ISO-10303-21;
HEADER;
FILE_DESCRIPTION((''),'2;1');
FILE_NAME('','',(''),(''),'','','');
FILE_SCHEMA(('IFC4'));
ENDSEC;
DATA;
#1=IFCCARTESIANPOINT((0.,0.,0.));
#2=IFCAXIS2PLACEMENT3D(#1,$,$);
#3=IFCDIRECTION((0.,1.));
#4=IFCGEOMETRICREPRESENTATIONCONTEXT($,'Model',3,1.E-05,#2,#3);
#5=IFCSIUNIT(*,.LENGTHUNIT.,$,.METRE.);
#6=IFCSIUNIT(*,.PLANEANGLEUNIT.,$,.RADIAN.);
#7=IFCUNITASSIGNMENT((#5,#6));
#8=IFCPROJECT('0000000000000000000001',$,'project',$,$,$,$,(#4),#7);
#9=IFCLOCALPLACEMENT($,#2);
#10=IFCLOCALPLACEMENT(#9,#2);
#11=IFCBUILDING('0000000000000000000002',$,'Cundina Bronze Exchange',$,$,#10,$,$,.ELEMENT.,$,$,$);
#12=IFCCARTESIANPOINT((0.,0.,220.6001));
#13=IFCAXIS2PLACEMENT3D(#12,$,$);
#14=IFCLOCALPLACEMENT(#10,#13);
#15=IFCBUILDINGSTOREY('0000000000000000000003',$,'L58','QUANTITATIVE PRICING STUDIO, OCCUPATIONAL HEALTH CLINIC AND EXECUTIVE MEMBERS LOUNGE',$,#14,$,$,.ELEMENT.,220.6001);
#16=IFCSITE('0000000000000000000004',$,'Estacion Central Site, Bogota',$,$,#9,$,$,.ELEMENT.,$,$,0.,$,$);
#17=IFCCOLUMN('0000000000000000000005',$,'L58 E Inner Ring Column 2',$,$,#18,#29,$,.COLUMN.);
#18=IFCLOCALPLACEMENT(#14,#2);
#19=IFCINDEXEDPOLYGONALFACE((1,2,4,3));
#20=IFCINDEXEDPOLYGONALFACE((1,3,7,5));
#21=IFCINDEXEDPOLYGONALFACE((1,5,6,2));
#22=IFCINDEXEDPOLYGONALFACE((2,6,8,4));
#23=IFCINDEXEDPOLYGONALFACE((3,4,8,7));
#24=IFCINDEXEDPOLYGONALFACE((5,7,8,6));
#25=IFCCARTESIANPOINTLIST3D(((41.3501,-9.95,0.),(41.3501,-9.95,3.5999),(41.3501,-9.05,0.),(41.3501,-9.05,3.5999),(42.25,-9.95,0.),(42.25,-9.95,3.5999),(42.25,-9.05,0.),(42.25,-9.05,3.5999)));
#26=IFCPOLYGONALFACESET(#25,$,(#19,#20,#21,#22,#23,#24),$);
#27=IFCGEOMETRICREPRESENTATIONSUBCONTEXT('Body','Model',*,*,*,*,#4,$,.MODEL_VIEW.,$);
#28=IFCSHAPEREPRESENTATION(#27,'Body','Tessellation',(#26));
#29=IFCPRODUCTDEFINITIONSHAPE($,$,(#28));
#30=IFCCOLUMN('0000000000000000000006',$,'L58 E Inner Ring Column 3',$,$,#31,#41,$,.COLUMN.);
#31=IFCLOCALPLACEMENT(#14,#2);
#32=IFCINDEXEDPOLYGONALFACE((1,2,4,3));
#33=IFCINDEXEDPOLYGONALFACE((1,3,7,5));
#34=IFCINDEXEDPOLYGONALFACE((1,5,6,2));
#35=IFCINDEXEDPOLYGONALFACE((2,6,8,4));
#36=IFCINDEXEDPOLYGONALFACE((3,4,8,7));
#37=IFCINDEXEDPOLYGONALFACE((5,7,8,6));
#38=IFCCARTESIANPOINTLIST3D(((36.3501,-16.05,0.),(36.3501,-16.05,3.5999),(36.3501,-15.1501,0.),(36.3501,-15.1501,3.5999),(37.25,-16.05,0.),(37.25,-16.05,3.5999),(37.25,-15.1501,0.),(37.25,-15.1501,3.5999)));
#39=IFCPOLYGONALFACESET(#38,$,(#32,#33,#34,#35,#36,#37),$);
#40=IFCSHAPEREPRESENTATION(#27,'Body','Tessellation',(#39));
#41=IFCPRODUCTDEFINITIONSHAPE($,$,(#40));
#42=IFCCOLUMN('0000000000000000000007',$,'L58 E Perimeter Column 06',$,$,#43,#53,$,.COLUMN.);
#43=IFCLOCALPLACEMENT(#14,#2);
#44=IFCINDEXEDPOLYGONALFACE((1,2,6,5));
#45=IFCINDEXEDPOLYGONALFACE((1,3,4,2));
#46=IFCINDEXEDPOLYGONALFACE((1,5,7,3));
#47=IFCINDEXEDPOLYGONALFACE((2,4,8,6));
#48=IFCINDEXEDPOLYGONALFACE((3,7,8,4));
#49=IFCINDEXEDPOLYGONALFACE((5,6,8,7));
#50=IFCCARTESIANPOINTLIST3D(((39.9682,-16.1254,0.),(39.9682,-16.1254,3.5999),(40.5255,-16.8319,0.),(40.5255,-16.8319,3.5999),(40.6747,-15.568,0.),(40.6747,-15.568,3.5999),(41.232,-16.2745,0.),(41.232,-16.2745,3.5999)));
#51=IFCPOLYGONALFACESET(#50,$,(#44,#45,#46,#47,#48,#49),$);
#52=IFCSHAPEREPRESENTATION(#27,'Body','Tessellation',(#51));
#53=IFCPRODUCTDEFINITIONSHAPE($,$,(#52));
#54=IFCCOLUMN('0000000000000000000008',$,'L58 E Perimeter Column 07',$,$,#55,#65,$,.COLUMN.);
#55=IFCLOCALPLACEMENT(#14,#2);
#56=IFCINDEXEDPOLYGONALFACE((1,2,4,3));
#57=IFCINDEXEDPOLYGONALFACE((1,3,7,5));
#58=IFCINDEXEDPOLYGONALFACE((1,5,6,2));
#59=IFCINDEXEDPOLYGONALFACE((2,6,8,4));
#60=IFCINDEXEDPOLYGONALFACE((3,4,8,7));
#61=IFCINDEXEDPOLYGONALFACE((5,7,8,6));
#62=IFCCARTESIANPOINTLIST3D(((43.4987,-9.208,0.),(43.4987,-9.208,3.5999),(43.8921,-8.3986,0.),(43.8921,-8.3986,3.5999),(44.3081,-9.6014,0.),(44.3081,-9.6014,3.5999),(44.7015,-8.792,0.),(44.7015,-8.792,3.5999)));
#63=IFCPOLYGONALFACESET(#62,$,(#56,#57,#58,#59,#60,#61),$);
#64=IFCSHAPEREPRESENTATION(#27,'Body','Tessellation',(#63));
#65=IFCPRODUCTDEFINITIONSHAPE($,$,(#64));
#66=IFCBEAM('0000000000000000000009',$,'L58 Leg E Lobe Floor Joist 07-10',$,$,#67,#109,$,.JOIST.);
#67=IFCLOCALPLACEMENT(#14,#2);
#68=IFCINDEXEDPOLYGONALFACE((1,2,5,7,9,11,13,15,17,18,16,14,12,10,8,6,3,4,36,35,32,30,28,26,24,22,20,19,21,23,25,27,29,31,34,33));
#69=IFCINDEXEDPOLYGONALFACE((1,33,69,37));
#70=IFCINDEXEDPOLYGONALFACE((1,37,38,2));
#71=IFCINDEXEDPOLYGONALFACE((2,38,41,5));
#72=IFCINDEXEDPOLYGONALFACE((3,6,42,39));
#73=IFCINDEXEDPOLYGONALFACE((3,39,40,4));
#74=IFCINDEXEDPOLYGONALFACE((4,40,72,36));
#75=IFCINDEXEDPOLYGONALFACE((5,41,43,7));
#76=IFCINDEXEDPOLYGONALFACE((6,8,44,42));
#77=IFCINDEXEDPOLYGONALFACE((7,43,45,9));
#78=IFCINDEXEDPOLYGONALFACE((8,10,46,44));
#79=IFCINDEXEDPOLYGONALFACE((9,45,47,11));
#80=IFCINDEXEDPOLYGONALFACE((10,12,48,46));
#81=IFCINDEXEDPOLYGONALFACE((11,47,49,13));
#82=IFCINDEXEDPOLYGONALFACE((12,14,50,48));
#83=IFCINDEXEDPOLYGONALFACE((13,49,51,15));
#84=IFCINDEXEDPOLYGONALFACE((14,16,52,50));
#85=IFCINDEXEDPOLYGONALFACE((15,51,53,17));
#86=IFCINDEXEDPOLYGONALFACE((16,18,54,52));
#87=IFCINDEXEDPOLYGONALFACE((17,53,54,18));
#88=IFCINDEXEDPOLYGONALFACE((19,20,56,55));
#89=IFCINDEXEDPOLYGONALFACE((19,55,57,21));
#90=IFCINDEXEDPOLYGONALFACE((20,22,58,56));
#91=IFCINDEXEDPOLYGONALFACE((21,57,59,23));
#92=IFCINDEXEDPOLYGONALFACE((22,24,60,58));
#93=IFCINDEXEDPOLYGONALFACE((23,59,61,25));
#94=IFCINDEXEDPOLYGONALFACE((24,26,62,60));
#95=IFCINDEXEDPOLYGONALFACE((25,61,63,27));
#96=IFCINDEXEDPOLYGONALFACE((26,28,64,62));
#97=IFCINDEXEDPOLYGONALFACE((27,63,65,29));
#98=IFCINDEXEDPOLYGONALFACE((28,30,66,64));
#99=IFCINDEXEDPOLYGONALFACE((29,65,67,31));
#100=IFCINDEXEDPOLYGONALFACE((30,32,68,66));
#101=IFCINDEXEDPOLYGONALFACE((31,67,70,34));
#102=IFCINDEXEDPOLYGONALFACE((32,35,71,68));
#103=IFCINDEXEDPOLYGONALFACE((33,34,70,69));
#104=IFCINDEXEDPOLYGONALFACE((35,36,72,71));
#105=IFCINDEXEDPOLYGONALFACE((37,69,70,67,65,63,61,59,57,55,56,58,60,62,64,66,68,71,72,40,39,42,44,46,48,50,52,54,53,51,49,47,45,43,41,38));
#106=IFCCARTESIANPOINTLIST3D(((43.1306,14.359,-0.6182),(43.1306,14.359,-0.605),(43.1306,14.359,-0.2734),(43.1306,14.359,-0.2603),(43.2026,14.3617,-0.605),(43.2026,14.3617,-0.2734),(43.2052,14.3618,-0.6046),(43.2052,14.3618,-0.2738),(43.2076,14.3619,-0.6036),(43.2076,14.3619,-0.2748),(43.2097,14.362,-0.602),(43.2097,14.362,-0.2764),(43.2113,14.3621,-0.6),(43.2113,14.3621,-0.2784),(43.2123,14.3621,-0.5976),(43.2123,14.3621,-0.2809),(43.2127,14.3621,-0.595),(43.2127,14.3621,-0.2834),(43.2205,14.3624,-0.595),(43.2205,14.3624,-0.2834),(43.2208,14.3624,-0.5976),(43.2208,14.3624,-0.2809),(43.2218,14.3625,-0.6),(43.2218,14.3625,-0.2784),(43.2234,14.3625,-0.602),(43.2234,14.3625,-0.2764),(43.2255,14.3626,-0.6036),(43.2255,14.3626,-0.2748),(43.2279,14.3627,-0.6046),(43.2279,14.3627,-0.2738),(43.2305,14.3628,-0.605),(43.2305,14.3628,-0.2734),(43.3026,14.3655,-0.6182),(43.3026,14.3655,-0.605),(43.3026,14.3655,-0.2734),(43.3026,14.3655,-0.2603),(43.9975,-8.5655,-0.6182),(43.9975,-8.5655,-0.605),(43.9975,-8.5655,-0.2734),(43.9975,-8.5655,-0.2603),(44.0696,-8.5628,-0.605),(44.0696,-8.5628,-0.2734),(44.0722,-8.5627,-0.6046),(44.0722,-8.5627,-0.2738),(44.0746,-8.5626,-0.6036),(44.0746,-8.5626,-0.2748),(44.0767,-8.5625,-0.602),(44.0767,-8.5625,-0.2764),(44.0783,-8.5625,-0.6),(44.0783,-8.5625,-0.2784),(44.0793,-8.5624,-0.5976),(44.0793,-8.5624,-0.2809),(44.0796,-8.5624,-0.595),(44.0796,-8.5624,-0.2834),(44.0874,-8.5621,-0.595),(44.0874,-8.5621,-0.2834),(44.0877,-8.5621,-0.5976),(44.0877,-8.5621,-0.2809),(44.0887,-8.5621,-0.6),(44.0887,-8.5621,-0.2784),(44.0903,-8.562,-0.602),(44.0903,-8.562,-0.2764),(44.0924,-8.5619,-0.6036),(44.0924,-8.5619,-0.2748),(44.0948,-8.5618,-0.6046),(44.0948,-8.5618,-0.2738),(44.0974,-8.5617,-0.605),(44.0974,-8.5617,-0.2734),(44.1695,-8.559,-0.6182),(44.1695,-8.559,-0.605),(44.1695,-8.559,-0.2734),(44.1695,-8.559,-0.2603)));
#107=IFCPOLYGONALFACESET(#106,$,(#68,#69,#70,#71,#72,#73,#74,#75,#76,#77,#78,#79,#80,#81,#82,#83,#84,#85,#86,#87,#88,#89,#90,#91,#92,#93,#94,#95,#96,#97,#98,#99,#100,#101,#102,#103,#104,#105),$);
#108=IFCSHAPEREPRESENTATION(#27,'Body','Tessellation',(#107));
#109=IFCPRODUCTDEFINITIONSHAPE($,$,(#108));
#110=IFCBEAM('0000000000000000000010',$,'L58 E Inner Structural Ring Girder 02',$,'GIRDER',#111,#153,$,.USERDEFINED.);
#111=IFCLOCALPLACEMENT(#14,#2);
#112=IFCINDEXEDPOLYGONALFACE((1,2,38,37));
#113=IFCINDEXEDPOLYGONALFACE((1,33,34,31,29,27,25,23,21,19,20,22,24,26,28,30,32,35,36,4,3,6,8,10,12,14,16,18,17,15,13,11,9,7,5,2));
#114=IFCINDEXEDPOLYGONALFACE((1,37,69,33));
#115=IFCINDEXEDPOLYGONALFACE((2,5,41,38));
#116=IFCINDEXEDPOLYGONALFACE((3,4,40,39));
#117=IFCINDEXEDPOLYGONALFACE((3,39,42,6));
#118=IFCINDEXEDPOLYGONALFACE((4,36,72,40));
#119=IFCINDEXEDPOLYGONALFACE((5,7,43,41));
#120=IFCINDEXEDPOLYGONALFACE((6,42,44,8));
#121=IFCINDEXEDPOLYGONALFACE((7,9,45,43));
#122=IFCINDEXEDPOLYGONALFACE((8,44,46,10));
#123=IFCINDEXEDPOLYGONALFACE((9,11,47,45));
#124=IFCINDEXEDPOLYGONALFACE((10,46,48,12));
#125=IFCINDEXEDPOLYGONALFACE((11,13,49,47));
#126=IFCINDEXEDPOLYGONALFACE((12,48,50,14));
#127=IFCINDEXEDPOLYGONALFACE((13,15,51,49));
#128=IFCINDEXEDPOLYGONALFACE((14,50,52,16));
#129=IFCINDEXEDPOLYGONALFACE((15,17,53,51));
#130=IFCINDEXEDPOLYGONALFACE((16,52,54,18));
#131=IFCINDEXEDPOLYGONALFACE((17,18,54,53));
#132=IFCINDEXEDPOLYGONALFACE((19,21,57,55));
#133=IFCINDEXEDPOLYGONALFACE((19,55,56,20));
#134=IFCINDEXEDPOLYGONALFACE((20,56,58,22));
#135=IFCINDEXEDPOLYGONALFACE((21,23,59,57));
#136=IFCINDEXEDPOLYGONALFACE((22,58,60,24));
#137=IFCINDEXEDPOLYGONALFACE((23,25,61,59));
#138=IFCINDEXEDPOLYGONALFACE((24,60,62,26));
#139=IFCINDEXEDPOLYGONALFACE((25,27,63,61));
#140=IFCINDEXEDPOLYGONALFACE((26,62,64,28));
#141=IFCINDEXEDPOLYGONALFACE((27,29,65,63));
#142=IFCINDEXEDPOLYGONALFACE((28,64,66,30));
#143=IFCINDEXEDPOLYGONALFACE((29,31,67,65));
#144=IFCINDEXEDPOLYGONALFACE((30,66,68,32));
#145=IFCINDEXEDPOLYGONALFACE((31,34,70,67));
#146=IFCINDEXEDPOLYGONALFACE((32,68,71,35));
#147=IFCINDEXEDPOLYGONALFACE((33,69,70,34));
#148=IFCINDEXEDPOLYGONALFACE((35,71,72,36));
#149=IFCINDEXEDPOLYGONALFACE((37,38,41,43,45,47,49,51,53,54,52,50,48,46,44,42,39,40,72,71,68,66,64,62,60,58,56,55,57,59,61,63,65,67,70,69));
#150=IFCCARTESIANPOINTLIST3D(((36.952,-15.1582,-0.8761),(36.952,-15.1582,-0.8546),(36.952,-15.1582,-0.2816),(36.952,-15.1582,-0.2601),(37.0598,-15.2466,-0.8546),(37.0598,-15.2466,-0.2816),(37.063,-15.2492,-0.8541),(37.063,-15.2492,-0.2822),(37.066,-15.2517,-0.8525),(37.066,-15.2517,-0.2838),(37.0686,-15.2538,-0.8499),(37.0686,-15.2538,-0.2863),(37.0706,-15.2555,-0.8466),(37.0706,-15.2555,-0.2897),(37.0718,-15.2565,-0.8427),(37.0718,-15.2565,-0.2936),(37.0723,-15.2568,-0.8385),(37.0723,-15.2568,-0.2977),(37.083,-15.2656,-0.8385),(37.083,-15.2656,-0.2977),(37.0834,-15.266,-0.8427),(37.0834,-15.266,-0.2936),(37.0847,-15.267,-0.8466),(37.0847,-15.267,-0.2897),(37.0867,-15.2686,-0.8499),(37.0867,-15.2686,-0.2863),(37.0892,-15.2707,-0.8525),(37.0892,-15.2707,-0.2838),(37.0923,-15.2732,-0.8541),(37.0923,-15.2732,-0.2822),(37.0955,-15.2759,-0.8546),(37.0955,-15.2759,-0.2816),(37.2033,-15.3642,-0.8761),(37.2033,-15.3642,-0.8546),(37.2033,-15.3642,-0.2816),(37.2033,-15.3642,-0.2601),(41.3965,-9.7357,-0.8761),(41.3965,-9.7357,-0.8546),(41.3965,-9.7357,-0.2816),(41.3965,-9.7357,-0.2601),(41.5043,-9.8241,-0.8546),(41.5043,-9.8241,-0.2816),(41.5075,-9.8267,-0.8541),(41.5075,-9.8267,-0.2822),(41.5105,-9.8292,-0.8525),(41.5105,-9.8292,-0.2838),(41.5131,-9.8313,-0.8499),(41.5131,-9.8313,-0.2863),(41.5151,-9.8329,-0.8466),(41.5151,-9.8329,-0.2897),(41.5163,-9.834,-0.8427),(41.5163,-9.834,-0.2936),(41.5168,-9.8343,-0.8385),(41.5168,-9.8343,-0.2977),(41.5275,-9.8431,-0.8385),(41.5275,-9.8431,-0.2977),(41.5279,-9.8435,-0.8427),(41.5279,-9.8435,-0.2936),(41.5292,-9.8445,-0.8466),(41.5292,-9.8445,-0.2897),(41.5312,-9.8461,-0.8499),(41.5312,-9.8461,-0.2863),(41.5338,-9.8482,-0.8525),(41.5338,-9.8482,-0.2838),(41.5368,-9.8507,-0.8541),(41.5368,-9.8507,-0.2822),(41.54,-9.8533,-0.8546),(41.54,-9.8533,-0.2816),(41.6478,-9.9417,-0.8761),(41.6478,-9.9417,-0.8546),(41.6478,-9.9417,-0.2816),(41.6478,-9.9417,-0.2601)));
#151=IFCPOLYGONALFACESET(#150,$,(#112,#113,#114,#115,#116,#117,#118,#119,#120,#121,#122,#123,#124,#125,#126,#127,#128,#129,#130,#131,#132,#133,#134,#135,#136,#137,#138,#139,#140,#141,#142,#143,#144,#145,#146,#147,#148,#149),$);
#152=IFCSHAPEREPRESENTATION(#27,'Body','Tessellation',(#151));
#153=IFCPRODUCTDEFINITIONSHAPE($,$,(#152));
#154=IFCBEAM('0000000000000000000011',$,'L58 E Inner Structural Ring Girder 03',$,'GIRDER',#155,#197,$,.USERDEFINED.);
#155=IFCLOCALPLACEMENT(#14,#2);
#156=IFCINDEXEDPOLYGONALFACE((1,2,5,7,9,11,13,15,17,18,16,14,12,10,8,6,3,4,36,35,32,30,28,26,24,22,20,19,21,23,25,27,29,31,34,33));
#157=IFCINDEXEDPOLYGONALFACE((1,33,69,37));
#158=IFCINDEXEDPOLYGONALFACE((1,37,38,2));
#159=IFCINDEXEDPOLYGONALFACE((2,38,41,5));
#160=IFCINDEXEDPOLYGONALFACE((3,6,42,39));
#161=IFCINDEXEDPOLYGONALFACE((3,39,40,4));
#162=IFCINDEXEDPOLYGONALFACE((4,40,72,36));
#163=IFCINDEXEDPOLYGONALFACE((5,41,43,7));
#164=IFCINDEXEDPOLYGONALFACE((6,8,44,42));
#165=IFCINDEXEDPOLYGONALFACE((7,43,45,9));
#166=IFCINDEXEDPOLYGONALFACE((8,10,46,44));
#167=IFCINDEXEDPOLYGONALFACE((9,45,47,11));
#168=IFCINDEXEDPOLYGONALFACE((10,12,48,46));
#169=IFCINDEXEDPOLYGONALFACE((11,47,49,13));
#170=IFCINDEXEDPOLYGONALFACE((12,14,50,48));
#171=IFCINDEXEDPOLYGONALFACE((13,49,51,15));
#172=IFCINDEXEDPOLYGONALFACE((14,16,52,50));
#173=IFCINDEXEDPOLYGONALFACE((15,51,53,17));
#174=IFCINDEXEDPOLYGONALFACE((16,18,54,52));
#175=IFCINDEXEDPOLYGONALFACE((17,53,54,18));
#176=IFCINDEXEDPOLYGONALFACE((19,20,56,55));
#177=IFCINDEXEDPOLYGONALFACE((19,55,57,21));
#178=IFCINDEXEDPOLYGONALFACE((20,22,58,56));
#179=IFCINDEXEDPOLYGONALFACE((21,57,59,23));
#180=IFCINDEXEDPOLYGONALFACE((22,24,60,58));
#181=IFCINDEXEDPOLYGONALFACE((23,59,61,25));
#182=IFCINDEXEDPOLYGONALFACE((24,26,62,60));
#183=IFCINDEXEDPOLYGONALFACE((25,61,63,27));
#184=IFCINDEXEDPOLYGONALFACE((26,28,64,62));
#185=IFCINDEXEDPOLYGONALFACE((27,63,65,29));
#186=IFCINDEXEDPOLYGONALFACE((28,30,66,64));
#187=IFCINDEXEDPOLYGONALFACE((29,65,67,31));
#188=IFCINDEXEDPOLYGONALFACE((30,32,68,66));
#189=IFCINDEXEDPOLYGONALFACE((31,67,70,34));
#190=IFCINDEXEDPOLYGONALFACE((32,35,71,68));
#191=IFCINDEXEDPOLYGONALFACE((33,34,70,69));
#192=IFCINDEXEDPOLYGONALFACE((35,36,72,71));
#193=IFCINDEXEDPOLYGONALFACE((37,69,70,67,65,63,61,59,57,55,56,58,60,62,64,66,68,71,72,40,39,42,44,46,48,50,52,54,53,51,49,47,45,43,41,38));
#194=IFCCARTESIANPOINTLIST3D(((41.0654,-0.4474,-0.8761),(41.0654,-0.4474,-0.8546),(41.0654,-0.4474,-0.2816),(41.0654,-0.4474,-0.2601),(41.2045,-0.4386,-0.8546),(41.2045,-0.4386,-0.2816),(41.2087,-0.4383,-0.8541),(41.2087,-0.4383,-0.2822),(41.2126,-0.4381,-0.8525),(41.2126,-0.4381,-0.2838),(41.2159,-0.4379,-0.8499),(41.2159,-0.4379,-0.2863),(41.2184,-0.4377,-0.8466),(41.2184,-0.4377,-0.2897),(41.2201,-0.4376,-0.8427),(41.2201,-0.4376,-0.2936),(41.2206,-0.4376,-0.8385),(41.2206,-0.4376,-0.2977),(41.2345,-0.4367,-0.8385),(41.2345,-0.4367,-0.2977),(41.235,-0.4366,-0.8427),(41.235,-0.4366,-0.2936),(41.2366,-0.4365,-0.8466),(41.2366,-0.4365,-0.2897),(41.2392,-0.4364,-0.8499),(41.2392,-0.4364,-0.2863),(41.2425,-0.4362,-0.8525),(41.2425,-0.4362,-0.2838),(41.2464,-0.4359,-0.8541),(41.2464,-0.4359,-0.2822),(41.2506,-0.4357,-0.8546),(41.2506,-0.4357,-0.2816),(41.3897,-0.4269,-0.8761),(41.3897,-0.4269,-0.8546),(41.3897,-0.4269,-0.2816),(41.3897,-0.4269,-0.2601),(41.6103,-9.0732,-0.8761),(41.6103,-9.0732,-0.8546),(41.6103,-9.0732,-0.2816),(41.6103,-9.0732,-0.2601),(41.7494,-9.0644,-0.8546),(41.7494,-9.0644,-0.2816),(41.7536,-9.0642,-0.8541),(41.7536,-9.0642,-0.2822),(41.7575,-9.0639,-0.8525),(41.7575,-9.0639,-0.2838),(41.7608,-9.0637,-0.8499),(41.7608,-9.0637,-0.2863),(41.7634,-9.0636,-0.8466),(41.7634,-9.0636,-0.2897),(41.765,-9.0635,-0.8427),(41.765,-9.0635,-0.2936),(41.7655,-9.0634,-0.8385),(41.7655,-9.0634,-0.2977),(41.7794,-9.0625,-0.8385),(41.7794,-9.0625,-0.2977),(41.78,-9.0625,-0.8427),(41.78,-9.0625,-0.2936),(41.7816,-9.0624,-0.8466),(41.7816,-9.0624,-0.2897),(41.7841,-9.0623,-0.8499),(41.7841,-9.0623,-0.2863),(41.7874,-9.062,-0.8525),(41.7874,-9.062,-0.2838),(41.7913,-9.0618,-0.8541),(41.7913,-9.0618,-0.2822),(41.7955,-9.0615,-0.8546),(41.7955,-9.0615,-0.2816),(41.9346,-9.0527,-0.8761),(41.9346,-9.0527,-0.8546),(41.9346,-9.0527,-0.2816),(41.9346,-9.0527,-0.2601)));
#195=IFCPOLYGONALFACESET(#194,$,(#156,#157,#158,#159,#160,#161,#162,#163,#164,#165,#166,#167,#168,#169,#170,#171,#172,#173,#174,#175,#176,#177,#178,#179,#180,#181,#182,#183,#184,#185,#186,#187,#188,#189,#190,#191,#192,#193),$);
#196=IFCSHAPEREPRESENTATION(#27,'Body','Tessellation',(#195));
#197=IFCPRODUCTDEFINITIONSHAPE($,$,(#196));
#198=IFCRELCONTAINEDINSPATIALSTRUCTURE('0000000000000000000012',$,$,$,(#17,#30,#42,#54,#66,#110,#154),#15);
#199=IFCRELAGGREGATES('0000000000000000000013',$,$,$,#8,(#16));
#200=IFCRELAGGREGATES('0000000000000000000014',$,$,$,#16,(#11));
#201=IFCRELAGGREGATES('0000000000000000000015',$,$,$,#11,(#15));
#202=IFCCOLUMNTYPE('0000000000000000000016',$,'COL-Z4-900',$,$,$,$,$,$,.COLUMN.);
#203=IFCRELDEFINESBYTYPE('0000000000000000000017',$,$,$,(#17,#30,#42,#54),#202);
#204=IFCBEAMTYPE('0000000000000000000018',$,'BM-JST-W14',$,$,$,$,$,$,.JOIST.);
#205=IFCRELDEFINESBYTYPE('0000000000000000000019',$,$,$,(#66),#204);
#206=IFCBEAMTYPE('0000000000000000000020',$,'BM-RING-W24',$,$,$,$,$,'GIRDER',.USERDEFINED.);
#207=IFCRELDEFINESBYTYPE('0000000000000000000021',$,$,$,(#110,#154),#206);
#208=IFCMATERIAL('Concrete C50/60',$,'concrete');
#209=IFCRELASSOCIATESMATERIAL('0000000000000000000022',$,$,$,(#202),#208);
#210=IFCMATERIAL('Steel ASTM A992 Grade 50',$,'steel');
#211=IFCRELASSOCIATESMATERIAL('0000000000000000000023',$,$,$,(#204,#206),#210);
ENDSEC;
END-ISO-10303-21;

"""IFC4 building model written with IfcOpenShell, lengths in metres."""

from ifc_helpers import new_model, si_unit, direction, frame, origin, origin_2d, place, context, subcontext, project, spatial, rectangle, i_section, extrude, material, material_profile, profile_set, type_object, element, save


model = new_model("IFC4")

# Units and contexts
model_context = context("Model", 3, precision=1e-05, world=origin(), true_north=direction((0.0, 1.0)))
body_context = subcontext(model_context, "Body", "Model", "MODEL_VIEW")
ifc_project = project(units=[si_unit("LENGTHUNIT", "METRE"), si_unit("PLANEANGLEUNIT", "RADIAN")], contexts=[model_context])

# Site, building, storey
site_placement = place(None, origin())
site = spatial("IfcSite", under=ifc_project, at=site_placement, Name="Estacion Central Site, Bogota", CompositionType="ELEMENT", RefElevation=0.0)
building_placement = place(site_placement, origin())
building = spatial("IfcBuilding", under=site, at=building_placement, Name="Cundina Bronze Exchange", CompositionType="ELEMENT")
storey_placement = place(building_placement, frame((0.0, 0.0, 220.6001)))
storey = spatial("IfcBuildingStorey", under=building, at=storey_placement, Name="L58", Description="QUANTITATIVE PRICING STUDIO, OCCUPATIONAL HEALTH CLINIC AND EXECUTIVE MEMBERS LOUNGE", CompositionType="ELEMENT", Elevation=220.6001)

# Columns
ifc_material_1 = material(Name="Concrete C50/60", Category="concrete")
ifc_material_profile_1 = material_profile(ifc_material_1, rectangle(XDim=0.8999, YDim=0.8999, at=origin_2d()), Name="RC900X900", Category="concrete")
ifc_profile_set_1 = profile_set([ifc_material_profile_1], Name="Concrete C50/60")
column_type = type_object("IfcColumnType", Name="COL-Z4-900", PredefinedType="COLUMN", material=ifc_profile_set_1)
for number, where, z_axis, x_axis, name in (
    (1, (41.8, -9.5, 0.0), (0.0, 0.0, 1.0), (1.0, 0.0, 0.0), "L58 E Inner Ring Column 2"),
    (2, (36.8, -15.6001, 0.0), (0.0, 0.0, 1.0), (1.0, 0.0, 0.0), "L58 E Inner Ring Column 3"),
    (3, (40.6001, -16.2, 0.0), (0.0, 0.0, 1.0), (0.785101, 0.619368, 0.0), "L58 E Perimeter Column 06"),
    (4, (44.1001, -9.0, 0.0), (0.0, 0.0, 1.0), (0.437116, 0.899405, 0.0), "L58 E Perimeter Column 07"),
):
    element("IfcColumn", number, at=place(storey_placement, frame(where, z_axis=z_axis, x_axis=x_axis)), inside=storey, type_object=column_type, Name=name, PredefinedType="COLUMN", context=body_context, shape_type="SweptSolid", body=[
        extrude(rectangle(XDim=0.8999, YDim=0.8999, at=origin_2d()), origin(), (0.0, 0.0, 1.0), 3.5999),
    ])

# Beams
ifc_material_2 = material(Name="Steel ASTM A992 Grade 50", Category="steel")
ifc_material_profile_2 = material_profile(ifc_material_2, i_section(OverallWidth=0.1721, OverallDepth=0.3579, WebThickness=0.0078, FlangeThickness=0.0132, FilletRadius=0.01, at=origin_2d()), Name="W14X38", Category="steel")
ifc_profile_set_2 = profile_set([ifc_material_profile_2], Name="Steel ASTM A992 Grade 50")
beam_type_1 = type_object("IfcBeamType", Name="BM-JST-W14", PredefinedType="JOIST", material=ifc_profile_set_2)
beam_1_placement = place(storey_placement, frame((44.0835, -8.5623, -0.4392), z_axis=(-0.03779, 0.999286, 0.0), x_axis=(-0.999286, -0.03779, 0.0)))
element("IfcBeam", 5, at=beam_1_placement, inside=storey, type_object=beam_type_1, Name="L58 Leg E Lobe Floor Joist 07-10", PredefinedType="JOIST", context=body_context, shape_type="SweptSolid", body=[
    extrude(i_section(OverallWidth=0.1721, OverallDepth=0.3579, WebThickness=0.0078, FlangeThickness=0.0132, FilletRadius=0.01, at=origin_2d()), origin(), (0.0, 0.0, 1.0), 22.9409),
])
ifc_material_profile_3 = material_profile(ifc_material_2, i_section(OverallWidth=0.325, OverallDepth=0.616, WebThickness=0.0139, FlangeThickness=0.0215, FilletRadius=0.0161, at=origin_2d()), Name="W24X117", Category="steel")
ifc_profile_set_3 = profile_set([ifc_material_profile_3], Name="Steel ASTM A992 Grade 50")
beam_type_2 = type_object("IfcBeamType", Name="BM-RING-W24", ElementType="GIRDER", PredefinedType="USERDEFINED", material=ifc_profile_set_3)
beam_2_placement = place(storey_placement, frame((37.0776, -15.2612, -0.5681), z_axis=(0.633913, 0.773405, 0.0), x_axis=(-0.773405, 0.633913, 0.0)))
element("IfcBeam", 6, at=beam_2_placement, inside=storey, type_object=beam_type_2, Name="L58 E Inner Structural Ring Girder 02", ObjectType="GIRDER", PredefinedType="USERDEFINED", context=body_context, shape_type="SweptSolid", body=[
    extrude(i_section(OverallWidth=0.325, OverallDepth=0.616, WebThickness=0.0139, FlangeThickness=0.0215, FilletRadius=0.0161, at=origin_2d()), origin(), (0.0, 0.0, 1.0), 7.0112),
])
beam_3_placement = place(storey_placement, frame((41.7725, -9.063, -0.5681), z_axis=(-0.063047, 0.998011, 0.0), x_axis=(-0.998011, -0.063047, 0.0)))
element("IfcBeam", 7, at=beam_3_placement, inside=storey, type_object=beam_type_2, Name="L58 E Inner Structural Ring Girder 03", ObjectType="GIRDER", PredefinedType="USERDEFINED", context=body_context, shape_type="SweptSolid", body=[
    extrude(i_section(OverallWidth=0.325, OverallDepth=0.616, WebThickness=0.0139, FlangeThickness=0.0215, FilletRadius=0.0161, at=origin_2d()), origin(), (0.0, 0.0, 1.0), 8.6431),
])

save(model, "model.ifc")
